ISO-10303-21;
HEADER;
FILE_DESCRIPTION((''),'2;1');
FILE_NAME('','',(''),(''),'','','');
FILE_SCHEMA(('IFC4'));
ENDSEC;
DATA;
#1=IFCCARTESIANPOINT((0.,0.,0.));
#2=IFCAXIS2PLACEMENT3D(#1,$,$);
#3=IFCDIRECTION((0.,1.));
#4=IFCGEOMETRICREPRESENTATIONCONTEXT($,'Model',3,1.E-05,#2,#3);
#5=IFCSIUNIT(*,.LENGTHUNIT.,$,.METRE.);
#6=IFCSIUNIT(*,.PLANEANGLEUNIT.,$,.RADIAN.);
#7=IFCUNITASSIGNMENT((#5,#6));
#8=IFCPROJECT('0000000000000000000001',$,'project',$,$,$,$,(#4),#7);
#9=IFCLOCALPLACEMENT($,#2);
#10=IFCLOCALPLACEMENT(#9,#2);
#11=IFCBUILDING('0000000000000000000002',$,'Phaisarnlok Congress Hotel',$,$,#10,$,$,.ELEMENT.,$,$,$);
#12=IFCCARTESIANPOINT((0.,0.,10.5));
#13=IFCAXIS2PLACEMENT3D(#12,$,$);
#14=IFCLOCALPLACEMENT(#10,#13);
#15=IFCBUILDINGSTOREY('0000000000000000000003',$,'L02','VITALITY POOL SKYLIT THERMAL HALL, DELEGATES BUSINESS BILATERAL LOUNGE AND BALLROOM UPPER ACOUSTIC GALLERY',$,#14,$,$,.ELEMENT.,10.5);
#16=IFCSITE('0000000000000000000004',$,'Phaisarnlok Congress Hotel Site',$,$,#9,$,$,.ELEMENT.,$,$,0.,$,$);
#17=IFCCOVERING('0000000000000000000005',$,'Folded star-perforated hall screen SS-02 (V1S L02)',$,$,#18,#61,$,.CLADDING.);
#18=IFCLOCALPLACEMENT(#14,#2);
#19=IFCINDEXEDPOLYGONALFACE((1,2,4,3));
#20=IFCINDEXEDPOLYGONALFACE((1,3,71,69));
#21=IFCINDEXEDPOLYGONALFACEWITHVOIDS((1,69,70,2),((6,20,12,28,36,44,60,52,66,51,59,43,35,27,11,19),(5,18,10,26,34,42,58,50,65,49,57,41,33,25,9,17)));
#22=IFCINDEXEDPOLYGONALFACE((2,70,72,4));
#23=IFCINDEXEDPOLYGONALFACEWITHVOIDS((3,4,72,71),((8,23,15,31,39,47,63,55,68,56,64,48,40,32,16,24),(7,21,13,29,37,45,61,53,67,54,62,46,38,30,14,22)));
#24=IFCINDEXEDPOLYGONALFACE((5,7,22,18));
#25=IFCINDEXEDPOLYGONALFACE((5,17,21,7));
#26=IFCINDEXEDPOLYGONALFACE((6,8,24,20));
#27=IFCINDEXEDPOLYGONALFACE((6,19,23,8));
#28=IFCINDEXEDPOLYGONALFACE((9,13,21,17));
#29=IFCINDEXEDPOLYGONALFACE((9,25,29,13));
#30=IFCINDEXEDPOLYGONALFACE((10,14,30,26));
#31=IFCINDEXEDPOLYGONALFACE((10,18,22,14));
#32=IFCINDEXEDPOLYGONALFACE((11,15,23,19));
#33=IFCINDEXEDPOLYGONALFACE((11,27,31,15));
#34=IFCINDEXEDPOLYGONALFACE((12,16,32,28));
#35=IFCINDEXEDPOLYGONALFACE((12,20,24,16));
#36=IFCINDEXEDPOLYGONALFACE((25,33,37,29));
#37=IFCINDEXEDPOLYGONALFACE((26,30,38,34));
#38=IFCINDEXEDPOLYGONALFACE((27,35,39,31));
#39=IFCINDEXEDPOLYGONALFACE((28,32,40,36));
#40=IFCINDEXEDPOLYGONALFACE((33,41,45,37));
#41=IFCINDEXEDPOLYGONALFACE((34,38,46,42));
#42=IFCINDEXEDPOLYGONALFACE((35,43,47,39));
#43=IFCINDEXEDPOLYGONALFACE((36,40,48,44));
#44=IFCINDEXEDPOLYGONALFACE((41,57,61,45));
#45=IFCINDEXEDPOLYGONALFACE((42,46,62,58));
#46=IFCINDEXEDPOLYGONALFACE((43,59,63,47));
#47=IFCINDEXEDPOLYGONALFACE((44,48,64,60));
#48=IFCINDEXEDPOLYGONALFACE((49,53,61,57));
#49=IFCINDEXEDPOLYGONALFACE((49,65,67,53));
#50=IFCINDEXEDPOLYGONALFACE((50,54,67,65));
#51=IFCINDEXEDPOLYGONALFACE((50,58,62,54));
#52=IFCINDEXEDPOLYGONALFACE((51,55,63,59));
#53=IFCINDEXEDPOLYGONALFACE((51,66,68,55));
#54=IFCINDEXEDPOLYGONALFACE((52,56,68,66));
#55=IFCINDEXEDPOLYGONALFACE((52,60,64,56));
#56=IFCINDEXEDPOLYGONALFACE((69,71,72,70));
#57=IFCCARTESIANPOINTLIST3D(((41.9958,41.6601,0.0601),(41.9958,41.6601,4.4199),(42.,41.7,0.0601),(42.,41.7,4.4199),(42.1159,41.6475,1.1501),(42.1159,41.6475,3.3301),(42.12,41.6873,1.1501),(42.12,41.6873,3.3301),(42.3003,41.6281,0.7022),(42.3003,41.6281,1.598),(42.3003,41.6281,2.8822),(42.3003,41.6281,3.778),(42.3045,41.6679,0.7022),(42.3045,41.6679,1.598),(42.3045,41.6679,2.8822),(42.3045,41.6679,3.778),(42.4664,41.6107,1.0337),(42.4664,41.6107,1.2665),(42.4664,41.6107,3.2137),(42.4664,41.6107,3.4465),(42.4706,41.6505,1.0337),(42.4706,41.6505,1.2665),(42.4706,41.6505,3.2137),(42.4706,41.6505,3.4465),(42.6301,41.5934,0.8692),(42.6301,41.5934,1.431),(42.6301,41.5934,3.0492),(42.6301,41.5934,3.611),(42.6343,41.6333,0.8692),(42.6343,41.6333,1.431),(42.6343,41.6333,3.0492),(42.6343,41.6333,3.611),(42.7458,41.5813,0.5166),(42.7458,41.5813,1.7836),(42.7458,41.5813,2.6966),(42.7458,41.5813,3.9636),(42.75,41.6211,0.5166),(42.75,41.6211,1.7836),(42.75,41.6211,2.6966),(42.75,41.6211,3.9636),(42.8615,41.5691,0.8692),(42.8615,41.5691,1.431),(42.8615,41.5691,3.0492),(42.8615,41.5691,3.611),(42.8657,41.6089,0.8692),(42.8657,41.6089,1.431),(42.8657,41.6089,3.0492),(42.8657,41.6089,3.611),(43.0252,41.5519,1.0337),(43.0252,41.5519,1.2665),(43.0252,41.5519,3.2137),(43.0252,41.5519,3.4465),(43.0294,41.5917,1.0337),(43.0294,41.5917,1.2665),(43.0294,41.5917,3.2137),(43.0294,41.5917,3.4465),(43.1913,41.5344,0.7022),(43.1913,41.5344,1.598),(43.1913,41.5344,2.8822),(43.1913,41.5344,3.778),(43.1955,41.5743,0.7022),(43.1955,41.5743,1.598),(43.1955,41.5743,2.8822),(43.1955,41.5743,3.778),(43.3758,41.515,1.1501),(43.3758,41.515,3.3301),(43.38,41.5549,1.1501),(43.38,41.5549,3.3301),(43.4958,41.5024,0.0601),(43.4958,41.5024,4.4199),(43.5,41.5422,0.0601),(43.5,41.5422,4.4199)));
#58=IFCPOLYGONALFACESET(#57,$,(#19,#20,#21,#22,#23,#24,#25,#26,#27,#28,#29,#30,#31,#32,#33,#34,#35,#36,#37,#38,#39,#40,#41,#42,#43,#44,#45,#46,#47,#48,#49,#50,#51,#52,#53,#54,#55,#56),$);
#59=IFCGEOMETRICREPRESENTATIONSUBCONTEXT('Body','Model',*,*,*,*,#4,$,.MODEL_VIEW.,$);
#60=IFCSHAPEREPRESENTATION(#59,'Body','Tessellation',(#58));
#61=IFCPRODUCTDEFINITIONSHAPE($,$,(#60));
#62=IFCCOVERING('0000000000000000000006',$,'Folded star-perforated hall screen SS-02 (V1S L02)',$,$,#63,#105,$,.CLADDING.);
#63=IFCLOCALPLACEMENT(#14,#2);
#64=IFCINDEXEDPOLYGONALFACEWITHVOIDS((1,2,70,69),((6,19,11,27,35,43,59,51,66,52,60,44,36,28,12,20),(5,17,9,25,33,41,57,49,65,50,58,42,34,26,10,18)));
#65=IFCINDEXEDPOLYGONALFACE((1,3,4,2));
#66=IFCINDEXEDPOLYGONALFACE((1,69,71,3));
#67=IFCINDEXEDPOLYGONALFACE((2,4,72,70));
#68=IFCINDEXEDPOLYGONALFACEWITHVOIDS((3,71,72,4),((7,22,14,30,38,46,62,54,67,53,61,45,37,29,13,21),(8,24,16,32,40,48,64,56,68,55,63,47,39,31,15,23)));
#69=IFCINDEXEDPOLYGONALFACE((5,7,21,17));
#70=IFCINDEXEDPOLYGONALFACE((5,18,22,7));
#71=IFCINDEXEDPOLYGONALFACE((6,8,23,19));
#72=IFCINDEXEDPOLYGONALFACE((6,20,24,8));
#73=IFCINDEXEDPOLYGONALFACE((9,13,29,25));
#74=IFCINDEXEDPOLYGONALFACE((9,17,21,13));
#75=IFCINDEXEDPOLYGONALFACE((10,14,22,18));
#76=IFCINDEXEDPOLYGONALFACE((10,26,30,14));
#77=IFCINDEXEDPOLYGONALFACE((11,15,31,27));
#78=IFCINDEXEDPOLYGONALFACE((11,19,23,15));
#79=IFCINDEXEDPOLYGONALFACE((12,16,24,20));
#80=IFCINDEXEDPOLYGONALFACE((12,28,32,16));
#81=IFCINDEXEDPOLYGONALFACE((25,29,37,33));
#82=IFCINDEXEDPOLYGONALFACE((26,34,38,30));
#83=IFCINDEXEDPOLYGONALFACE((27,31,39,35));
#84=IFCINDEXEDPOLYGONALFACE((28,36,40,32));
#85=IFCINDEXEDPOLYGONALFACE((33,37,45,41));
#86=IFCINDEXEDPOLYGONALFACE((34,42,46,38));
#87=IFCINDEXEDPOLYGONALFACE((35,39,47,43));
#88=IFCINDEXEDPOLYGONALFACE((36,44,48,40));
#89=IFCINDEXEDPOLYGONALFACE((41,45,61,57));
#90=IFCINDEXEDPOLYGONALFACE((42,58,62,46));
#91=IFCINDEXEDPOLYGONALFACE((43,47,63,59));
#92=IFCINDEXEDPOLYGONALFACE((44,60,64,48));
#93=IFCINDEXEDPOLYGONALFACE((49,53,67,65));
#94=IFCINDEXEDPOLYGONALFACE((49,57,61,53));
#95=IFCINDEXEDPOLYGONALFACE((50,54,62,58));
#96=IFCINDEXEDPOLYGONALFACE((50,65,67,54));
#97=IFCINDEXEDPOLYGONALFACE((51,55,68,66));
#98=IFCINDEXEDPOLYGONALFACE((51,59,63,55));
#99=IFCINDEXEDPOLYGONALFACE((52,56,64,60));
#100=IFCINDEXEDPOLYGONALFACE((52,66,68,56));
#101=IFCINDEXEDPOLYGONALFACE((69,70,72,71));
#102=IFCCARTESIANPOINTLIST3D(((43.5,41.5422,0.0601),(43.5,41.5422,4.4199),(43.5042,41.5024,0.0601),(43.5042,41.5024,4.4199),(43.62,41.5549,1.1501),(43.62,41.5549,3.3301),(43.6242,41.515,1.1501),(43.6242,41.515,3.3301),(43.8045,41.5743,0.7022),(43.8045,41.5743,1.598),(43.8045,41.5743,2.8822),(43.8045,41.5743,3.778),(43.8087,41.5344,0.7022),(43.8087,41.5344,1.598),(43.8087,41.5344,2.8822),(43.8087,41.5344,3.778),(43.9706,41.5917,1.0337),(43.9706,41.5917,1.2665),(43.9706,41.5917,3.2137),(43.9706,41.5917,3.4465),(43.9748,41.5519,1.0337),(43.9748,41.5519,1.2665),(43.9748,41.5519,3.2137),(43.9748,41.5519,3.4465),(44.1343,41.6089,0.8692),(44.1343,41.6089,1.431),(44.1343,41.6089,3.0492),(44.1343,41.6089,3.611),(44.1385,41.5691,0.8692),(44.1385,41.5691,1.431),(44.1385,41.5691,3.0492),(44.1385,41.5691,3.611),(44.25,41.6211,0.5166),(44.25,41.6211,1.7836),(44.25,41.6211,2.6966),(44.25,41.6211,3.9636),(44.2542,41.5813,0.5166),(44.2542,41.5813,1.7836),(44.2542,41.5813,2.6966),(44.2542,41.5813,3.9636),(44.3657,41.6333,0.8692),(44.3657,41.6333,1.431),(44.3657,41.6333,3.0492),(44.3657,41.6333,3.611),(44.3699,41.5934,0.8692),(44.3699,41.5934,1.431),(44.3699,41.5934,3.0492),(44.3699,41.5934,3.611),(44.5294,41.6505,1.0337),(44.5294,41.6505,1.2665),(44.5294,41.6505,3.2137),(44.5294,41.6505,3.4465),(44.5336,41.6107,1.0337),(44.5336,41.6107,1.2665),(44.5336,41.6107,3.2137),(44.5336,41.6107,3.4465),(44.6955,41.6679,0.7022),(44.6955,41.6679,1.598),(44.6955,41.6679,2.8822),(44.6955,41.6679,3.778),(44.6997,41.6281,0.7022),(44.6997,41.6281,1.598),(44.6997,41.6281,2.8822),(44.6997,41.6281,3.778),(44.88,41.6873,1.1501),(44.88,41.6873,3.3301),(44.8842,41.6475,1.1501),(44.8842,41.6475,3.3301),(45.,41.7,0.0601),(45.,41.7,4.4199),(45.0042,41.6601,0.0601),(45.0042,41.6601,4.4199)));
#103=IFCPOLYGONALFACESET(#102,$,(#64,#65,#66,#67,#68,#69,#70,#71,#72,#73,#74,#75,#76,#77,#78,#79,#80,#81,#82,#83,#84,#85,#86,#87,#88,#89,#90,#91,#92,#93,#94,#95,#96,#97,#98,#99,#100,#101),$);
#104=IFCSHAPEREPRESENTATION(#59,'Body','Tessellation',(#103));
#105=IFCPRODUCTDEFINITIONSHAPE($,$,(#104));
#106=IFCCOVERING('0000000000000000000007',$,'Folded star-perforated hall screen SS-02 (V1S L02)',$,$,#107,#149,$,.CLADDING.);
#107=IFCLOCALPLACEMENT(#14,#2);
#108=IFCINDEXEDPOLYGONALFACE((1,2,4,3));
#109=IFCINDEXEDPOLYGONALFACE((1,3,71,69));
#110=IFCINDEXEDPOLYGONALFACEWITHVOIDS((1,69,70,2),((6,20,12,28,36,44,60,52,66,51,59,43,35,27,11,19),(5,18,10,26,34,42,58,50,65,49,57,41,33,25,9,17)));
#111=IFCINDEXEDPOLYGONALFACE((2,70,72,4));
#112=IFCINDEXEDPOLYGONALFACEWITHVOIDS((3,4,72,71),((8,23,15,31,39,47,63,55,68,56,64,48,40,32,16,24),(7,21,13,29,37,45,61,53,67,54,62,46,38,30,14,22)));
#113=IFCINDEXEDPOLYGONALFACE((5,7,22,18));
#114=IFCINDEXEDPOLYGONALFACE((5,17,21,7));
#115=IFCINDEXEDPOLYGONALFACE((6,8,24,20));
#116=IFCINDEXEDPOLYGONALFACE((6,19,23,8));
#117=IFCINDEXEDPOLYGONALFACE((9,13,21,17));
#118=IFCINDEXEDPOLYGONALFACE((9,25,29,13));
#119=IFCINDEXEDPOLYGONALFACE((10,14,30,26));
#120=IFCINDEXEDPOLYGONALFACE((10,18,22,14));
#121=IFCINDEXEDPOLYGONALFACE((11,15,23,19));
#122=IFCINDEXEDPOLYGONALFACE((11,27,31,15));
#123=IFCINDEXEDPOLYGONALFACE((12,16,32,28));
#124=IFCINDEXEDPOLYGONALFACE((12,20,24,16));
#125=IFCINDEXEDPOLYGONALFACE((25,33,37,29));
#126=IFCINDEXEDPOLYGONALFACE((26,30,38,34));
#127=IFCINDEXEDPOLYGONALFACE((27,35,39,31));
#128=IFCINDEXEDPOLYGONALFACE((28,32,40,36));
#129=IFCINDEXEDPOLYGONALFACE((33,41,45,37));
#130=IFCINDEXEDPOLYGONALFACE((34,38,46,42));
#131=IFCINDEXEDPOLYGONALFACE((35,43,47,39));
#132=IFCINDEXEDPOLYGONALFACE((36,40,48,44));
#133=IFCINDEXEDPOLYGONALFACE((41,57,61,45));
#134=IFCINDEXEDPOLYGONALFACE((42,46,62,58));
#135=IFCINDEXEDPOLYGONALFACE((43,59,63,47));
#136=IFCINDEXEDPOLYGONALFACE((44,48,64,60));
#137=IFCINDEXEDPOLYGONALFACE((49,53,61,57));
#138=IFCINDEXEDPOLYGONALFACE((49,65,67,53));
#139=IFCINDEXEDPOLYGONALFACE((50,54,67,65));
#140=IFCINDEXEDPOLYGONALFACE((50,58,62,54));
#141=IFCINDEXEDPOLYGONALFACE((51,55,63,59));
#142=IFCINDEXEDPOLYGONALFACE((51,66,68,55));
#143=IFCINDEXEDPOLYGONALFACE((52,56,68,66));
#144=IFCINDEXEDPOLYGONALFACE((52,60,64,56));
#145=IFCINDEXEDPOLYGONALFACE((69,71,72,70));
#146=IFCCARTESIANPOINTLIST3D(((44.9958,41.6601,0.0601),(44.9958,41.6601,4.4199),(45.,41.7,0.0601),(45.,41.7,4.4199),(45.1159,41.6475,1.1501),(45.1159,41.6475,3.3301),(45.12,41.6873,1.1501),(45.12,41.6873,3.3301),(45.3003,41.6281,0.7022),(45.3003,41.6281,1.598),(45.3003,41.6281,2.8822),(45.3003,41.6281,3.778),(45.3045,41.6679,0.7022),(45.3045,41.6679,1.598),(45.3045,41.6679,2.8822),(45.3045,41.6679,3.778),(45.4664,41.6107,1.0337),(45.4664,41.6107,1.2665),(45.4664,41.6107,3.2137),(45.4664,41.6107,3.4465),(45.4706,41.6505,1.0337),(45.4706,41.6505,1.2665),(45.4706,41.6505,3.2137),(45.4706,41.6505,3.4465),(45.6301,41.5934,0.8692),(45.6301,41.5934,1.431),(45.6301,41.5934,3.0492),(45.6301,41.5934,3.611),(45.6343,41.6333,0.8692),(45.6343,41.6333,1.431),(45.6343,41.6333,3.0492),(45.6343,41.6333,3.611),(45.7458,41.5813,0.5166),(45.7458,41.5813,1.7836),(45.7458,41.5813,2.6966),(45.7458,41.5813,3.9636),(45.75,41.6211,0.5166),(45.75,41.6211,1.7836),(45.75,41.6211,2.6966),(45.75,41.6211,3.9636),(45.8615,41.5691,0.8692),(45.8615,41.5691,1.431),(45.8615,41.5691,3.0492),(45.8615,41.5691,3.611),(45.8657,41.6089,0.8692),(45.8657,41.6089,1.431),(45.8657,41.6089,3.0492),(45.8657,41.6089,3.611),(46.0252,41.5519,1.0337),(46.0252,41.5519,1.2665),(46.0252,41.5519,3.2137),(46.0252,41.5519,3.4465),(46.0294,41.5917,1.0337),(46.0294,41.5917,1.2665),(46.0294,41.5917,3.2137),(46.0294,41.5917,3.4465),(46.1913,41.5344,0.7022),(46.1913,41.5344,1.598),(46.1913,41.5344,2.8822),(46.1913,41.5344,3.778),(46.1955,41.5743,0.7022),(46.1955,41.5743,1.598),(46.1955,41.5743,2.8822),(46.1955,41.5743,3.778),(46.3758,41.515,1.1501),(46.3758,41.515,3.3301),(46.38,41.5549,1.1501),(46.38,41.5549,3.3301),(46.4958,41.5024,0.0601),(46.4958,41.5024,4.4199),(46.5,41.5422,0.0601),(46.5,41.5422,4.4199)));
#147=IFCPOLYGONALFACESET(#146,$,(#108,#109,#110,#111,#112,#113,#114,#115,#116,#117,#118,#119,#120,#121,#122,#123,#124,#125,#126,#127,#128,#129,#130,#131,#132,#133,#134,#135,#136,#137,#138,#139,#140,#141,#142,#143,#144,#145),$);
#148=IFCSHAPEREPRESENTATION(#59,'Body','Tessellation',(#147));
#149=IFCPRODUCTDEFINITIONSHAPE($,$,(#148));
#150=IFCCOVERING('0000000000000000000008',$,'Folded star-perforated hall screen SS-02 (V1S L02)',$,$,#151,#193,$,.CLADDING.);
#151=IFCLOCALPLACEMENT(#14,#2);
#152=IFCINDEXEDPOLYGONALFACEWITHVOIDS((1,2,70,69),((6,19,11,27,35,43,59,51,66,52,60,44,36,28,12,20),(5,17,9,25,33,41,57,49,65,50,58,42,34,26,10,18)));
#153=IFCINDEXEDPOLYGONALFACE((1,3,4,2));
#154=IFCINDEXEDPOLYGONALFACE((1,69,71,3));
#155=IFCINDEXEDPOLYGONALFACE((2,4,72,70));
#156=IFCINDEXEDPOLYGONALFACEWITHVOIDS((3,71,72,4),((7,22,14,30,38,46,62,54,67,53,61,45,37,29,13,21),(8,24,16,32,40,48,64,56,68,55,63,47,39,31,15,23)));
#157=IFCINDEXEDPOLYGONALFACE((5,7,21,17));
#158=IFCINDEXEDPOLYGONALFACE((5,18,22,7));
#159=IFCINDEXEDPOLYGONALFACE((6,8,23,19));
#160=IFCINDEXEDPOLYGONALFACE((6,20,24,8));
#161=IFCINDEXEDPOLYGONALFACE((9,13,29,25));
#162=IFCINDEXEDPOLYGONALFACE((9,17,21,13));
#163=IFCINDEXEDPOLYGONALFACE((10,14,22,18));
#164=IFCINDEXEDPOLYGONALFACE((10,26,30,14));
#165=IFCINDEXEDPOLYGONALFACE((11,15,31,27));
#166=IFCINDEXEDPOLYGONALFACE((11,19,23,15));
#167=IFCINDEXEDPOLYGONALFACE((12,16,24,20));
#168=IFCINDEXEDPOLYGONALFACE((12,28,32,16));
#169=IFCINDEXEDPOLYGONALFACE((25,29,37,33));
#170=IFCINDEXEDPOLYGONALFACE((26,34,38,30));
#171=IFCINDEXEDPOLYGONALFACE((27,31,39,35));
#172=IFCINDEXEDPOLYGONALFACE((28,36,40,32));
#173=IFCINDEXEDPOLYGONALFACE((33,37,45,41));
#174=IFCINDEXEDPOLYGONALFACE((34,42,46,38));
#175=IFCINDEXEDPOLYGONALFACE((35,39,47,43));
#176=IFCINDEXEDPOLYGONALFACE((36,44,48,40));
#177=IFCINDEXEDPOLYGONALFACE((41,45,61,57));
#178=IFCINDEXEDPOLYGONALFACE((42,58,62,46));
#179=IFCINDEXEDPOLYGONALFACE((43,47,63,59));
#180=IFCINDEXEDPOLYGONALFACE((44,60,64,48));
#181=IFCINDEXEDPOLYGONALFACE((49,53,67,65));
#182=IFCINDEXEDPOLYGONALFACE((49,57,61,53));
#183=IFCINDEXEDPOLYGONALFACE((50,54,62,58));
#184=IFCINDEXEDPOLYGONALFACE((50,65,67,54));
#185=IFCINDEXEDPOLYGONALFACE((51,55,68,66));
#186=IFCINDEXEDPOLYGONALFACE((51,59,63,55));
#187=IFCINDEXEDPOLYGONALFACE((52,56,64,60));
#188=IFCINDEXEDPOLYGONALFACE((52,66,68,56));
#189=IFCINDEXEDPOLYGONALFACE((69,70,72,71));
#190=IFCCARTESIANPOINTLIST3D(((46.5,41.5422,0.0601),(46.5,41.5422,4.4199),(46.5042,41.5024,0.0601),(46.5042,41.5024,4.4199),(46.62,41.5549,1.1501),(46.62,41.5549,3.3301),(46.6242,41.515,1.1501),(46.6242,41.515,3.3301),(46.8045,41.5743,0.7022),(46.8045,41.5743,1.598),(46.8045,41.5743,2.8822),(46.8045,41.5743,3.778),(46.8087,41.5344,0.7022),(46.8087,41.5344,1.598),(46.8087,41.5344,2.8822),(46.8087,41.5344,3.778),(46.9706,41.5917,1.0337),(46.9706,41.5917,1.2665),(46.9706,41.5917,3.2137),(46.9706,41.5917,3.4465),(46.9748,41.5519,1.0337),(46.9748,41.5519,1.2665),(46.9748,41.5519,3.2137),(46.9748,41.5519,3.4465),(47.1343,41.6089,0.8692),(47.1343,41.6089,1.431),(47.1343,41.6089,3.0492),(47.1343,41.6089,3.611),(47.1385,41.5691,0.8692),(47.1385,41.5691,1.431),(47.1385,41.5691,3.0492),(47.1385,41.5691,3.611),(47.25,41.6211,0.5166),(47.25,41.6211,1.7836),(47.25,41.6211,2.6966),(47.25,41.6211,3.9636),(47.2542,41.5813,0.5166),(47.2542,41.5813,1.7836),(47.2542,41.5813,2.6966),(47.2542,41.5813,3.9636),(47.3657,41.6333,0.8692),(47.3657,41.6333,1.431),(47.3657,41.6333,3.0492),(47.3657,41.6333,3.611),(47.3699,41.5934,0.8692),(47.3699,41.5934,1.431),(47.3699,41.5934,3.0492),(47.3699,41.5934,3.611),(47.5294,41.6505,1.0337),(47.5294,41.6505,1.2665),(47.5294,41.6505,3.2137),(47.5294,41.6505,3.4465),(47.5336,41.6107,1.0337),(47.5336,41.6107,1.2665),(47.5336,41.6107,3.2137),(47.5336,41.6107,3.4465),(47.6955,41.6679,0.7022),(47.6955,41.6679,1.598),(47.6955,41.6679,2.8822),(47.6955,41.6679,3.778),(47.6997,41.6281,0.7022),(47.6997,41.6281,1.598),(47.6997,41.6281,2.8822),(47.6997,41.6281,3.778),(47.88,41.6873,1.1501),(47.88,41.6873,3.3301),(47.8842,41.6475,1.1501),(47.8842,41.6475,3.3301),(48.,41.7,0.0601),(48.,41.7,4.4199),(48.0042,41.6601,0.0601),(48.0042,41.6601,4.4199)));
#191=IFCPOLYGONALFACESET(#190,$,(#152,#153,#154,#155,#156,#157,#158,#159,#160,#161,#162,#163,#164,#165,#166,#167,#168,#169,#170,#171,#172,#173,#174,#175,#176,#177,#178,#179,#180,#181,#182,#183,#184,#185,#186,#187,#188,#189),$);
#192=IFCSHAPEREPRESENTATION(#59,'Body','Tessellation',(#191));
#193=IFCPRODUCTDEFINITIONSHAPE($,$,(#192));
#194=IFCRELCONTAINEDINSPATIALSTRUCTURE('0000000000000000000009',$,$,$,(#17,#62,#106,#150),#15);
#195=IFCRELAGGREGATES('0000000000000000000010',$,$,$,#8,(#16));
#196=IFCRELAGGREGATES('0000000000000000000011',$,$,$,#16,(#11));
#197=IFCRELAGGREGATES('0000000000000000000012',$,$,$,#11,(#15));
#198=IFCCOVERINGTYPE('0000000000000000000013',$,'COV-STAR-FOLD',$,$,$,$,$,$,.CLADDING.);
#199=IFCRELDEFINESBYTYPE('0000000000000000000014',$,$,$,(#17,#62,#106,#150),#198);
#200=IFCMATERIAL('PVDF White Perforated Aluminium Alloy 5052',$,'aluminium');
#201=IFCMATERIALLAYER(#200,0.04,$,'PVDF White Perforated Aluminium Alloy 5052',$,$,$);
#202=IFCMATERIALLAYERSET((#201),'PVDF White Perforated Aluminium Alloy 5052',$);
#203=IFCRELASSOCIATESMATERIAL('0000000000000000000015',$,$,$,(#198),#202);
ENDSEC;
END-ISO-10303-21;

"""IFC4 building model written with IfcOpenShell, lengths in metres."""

from ifc_helpers import new_model, si_unit, direction, frame, origin, place, context, subcontext, project, spatial, polyline, outline, extrude, material, layer, layer_set, type_object, element, save


model = new_model("IFC4")

# Units and contexts
model_context = context("Model", 3, precision=1e-05, world=origin(), true_north=direction((0.0, 1.0)))
body_context = subcontext(model_context, "Body", "Model", "MODEL_VIEW")
ifc_project = project(units=[si_unit("LENGTHUNIT", "METRE"), si_unit("PLANEANGLEUNIT", "RADIAN")], contexts=[model_context])

# Site, building, storey
site_placement = place(None, origin())
site = spatial("IfcSite", under=ifc_project, at=site_placement, Name="Phaisarnlok Congress Hotel Site", CompositionType="ELEMENT", RefElevation=0.0)
building_placement = place(site_placement, origin())
building = spatial("IfcBuilding", under=site, at=building_placement, Name="Phaisarnlok Congress Hotel", CompositionType="ELEMENT")
storey_placement = place(building_placement, frame((0.0, 0.0, 10.5)))
storey = spatial("IfcBuildingStorey", under=building, at=storey_placement, Name="L02", Description="VITALITY POOL SKYLIT THERMAL HALL, DELEGATES BUSINESS BILATERAL LOUNGE AND BALLROOM UPPER ACOUSTIC GALLERY", CompositionType="ELEMENT", Elevation=10.5)

# Coverings
ifc_material_1 = material(Name="PVDF White Perforated Aluminium Alloy 5052", Category="aluminium")
ifc_layer = layer(ifc_material_1, 0.04, Name="PVDF White Perforated Aluminium Alloy 5052")
ifc_layer_set = layer_set([ifc_layer], Name="PVDF White Perforated Aluminium Alloy 5052")
covering_type = type_object("IfcCoveringType", Name="COV-STAR-FOLD", PredefinedType="CLADDING", material=ifc_layer_set)
for number, where, z_axis, x_axis, name in (
    (1, (42.0, 41.7, 0.0601), (-0.104567, -0.994518, 0.0), (0.994518, -0.104567, 0.0), "Folded star-perforated hall screen SS-02 (V1S L02)"),
    (2, (43.5, 41.5422, 0.0601), (0.104567, -0.994518, 0.0), (0.994518, 0.104567, 0.0), "Folded star-perforated hall screen SS-02 (V1S L02)"),
    (3, (45.0, 41.7, 0.0601), (-0.104567, -0.994518, 0.0), (0.994518, -0.104567, 0.0), "Folded star-perforated hall screen SS-02 (V1S L02)"),
    (4, (46.5, 41.5422, 0.0601), (0.104567, -0.994518, 0.0), (0.994518, 0.104567, 0.0), "Folded star-perforated hall screen SS-02 (V1S L02)"),
):
    element("IfcCovering", number, at=place(storey_placement, frame(where, z_axis=z_axis, x_axis=x_axis)), inside=storey, type_object=covering_type, Name=name, PredefinedType="CLADDING", context=body_context, shape_type="SweptSolid", body=[
        extrude(outline(polyline([(0.0, 0.0), (1.5083, 0.0), (1.5083, 4.3599), (0.0, 4.3599), (0.0, 0.0)]), holes=[polyline([(1.0351, 0.9736), (1.2021, 0.6421), (0.8705, 0.8091), (0.7541, 0.4565), (0.6378, 0.8091), (0.3062, 0.6421), (0.4732, 0.9736), (0.1207, 1.09), (0.4732, 1.2064), (0.3062, 1.5379), (0.6378, 1.3709), (0.7541, 1.7235), (0.8705, 1.3709), (1.2021, 1.5379), (1.0351, 1.2064), (1.3876, 1.09), (1.0351, 0.9736)]), polyline([(1.0351, 3.1536), (1.2021, 2.8221), (0.8705, 2.9891), (0.7541, 2.6365), (0.6378, 2.9891), (0.3062, 2.8221), (0.4732, 3.1536), (0.1207, 3.27), (0.4732, 3.3864), (0.3062, 3.7179), (0.6378, 3.5509), (0.7541, 3.9035), (0.8705, 3.5509), (1.2021, 3.7179), (1.0351, 3.3864), (1.3876, 3.27), (1.0351, 3.1536)])]), origin(), (0.0, 0.0, 1.0), 0.04),
    ])

save(model, "model.ifc")
